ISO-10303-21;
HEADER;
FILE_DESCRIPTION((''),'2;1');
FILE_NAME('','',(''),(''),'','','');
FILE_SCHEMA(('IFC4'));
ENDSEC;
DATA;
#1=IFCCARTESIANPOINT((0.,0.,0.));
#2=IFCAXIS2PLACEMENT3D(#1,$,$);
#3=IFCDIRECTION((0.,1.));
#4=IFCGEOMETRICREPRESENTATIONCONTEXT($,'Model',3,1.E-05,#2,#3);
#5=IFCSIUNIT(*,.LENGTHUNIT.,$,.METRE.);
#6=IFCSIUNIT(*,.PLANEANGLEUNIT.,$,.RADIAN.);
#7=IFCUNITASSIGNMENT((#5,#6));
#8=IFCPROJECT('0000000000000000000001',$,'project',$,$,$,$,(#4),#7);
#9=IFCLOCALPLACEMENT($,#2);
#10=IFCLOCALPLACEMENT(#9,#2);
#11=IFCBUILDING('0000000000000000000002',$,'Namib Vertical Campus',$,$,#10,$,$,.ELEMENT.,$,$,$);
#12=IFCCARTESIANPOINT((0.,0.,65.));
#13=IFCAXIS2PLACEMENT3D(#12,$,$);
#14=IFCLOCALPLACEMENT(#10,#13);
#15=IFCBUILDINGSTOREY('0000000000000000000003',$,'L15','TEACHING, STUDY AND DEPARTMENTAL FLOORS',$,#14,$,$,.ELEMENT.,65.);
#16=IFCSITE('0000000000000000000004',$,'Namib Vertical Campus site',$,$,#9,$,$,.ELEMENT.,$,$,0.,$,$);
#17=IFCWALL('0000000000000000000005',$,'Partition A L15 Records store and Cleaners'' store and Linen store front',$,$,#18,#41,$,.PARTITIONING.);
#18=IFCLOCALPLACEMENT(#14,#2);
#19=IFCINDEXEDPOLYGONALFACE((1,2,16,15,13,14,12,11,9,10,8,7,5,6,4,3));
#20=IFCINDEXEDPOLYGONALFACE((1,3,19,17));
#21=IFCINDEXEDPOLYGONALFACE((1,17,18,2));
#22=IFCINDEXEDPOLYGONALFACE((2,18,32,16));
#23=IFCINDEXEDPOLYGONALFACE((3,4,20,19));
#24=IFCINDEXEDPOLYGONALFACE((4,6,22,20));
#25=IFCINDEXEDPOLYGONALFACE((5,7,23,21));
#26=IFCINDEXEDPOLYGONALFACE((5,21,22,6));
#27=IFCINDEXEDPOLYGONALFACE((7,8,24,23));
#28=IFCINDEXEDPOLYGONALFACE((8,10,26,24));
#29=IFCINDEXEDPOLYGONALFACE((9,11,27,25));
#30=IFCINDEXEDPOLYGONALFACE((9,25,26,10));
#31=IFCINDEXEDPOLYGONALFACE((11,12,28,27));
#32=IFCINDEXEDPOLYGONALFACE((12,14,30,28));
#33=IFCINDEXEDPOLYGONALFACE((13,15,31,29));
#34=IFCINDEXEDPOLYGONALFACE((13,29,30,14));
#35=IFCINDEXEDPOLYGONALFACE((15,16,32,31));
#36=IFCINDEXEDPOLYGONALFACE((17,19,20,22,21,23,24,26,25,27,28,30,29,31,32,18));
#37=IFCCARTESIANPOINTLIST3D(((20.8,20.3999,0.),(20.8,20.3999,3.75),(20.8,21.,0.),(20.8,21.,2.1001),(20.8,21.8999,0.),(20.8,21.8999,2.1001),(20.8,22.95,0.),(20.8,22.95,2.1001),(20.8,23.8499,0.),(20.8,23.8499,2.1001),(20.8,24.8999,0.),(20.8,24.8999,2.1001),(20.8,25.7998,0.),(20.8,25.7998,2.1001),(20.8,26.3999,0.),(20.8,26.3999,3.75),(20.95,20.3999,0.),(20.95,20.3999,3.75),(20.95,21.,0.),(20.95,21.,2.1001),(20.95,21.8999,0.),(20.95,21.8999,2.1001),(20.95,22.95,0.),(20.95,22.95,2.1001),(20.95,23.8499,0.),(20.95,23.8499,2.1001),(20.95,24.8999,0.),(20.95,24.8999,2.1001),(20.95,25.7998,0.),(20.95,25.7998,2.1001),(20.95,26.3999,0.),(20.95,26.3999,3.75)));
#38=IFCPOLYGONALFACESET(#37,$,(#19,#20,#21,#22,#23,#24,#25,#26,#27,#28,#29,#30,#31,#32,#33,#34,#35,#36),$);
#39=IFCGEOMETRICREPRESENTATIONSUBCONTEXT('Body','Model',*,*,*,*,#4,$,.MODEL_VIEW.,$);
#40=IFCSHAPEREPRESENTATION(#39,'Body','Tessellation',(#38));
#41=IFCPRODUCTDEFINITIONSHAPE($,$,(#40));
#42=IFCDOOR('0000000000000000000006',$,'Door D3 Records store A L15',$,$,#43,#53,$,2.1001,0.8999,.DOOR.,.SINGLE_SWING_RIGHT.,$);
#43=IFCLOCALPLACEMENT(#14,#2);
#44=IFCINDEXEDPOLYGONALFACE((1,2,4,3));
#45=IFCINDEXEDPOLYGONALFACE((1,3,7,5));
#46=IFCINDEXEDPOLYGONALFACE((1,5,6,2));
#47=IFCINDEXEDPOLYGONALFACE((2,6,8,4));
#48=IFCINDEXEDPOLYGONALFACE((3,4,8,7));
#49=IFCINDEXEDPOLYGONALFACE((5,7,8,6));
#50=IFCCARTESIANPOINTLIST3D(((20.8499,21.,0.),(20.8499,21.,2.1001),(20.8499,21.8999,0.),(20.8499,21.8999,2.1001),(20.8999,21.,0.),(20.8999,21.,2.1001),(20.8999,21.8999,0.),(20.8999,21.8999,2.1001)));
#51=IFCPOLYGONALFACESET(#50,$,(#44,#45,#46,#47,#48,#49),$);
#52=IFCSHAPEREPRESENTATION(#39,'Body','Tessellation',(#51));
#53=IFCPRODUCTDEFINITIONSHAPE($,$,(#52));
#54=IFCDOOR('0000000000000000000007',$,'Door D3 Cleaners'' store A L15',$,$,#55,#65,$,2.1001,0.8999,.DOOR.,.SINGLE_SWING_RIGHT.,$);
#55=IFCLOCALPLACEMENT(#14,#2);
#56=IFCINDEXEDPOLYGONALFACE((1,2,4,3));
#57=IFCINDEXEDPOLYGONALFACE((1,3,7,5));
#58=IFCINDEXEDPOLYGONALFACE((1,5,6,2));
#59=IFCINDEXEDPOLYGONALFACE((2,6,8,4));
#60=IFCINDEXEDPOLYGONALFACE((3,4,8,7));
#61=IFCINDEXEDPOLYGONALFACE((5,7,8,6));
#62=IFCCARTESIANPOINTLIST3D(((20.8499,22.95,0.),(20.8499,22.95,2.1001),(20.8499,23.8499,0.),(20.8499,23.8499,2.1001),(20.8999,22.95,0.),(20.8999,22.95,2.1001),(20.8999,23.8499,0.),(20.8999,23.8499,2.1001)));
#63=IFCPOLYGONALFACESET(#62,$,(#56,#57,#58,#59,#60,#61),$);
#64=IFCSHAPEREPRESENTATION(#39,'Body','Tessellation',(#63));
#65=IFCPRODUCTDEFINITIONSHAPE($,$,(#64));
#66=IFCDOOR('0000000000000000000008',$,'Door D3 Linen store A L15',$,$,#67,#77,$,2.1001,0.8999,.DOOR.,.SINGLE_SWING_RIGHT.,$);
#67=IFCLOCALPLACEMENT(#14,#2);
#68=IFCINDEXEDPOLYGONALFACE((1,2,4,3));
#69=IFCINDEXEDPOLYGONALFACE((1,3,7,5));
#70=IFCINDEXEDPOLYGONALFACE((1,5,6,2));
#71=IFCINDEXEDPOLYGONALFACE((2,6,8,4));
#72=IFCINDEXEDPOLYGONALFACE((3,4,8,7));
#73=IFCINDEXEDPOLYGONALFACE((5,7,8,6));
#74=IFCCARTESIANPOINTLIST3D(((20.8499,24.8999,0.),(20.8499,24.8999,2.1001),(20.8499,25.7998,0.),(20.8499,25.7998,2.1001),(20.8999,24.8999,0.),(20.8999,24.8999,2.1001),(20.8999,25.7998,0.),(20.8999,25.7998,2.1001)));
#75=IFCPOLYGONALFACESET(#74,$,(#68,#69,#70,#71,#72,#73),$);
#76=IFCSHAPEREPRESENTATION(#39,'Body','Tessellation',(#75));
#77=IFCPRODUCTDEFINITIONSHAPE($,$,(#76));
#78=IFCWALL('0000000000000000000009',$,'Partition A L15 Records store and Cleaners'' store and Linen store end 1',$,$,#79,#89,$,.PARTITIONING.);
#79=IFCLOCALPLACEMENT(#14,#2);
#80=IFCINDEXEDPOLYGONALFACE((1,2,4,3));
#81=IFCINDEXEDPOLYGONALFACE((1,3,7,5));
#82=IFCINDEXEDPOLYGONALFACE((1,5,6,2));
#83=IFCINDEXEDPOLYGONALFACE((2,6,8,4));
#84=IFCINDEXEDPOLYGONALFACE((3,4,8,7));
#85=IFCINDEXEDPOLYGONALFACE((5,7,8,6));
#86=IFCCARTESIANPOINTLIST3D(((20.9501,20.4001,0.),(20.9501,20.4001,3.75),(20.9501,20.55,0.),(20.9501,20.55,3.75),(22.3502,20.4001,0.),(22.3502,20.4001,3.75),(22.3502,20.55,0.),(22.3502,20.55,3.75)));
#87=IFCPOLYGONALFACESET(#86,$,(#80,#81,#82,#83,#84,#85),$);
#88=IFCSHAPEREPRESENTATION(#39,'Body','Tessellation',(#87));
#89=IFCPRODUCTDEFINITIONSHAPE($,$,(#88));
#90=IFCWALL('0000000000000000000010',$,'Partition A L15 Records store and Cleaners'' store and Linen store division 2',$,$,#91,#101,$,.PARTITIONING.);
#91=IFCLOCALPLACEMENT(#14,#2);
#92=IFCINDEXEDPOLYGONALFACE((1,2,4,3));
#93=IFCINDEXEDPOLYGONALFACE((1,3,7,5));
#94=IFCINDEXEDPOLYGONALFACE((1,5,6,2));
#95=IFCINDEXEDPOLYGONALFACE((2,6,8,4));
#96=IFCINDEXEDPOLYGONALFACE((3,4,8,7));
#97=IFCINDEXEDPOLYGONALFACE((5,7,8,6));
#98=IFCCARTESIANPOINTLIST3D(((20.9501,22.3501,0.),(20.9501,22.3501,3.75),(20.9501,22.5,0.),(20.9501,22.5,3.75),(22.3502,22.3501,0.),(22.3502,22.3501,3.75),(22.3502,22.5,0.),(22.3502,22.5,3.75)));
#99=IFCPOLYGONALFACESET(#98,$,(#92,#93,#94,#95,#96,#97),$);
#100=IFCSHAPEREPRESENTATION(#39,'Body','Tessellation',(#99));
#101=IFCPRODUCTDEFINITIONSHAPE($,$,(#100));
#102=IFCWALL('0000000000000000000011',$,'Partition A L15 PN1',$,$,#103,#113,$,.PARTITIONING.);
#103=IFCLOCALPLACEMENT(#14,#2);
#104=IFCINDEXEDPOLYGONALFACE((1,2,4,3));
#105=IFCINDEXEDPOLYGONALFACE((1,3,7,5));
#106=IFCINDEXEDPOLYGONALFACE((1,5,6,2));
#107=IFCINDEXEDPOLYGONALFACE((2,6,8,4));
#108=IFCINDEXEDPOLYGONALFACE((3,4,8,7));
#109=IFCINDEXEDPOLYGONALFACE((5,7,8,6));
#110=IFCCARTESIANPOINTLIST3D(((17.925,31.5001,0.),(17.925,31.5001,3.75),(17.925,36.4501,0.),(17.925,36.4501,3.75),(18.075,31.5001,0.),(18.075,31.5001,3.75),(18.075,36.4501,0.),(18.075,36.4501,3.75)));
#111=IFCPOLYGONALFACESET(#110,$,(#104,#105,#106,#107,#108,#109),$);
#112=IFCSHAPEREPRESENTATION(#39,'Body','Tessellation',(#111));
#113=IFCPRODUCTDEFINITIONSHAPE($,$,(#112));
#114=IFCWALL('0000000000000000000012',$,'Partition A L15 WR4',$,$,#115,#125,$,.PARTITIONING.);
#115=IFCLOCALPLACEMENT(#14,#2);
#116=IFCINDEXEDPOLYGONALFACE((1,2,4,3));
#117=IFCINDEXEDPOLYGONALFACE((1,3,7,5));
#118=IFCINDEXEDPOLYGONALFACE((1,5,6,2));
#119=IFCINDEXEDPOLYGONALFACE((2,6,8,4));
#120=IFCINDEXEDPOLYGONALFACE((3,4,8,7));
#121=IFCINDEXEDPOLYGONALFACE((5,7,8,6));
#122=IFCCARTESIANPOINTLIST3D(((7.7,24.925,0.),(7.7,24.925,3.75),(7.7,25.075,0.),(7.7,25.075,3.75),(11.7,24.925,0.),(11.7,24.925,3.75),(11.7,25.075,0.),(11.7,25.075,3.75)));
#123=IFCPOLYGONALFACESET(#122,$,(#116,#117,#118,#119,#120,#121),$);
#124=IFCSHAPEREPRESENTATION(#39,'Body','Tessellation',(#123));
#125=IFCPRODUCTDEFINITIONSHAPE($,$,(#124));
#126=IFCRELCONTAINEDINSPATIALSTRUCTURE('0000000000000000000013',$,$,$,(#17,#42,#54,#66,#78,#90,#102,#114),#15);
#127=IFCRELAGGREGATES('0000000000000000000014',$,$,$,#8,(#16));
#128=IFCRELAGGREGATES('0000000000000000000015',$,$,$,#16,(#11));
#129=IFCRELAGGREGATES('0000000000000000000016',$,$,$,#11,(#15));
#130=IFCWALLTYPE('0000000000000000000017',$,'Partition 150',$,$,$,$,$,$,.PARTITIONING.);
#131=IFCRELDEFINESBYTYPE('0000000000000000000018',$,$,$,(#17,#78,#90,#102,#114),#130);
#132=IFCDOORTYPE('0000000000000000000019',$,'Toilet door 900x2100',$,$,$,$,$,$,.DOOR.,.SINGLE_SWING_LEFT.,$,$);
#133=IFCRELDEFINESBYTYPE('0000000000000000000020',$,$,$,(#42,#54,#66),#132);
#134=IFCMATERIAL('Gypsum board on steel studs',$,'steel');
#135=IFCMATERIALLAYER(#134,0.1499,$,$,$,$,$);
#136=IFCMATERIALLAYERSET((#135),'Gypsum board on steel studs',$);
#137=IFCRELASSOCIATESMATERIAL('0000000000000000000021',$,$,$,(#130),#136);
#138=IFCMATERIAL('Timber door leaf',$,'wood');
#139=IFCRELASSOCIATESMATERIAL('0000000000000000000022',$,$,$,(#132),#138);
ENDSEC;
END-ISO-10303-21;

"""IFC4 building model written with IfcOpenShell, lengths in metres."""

from ifc_helpers import new_model, si_unit, direction, frame, frame_2d, origin, place, context, subcontext, project, spatial, rectangle, extrude, material, layer, layer_set, type_object, element, fill, save


model = new_model("IFC4")

# Units and contexts
model_context = context("Model", 3, precision=1e-05, world=origin(), true_north=direction((0.0, 1.0)))
body_context = subcontext(model_context, "Body", "Model", "MODEL_VIEW")
ifc_project = project(units=[si_unit("LENGTHUNIT", "METRE"), si_unit("PLANEANGLEUNIT", "RADIAN")], contexts=[model_context])

# Site, building, storey
site_placement = place(None, origin())
site = spatial("IfcSite", under=ifc_project, at=site_placement, Name="Namib Vertical Campus site", CompositionType="ELEMENT", RefElevation=0.0)
building_placement = place(site_placement, origin())
building = spatial("IfcBuilding", under=site, at=building_placement, Name="Namib Vertical Campus", CompositionType="ELEMENT")
storey_placement = place(building_placement, frame((0.0, 0.0, 65.0)))
storey = spatial("IfcBuildingStorey", under=building, at=storey_placement, Name="L15", Description="TEACHING, STUDY AND DEPARTMENTAL FLOORS", CompositionType="ELEMENT", Elevation=65.0)

# Wall, openings, doors
ifc_material_1 = material(Name="Gypsum board on steel studs", Category="steel")
ifc_layer_1 = layer(ifc_material_1, 0.1499)
ifc_layer_set_1 = layer_set([ifc_layer_1], Name="Gypsum board on steel studs")
wall_type_1 = type_object("IfcWallType", Name="Partition 150", PredefinedType="PARTITIONING", material=ifc_layer_set_1)
wall_1_placement = place(storey_placement, frame((20.875, 20.3999, 0.0), z_axis=(0.0, 0.0, 1.0), x_axis=(0.0, 1.0, 0.0)))
wall_1 = element("IfcWall", 1, at=wall_1_placement, inside=storey, type_object=wall_type_1, Name="Partition A L15 Records store and Cleaners' store and Linen store front", PredefinedType="PARTITIONING", context=body_context, shape_type="SweptSolid", body=[
    extrude(rectangle(XDim=6.0, YDim=0.1499, at=frame_2d((3.0, 0.0))), origin(), (0.0, 0.0, 1.0), 3.75),
])
opening_1_placement = place(wall_1_placement, frame((0.6001, 0.0, 0.0)))
opening_1 = element("IfcOpeningElement", 2, at=opening_1_placement, cuts=wall_1, PredefinedType="OPENING", context=body_context, shape_type="SweptSolid", body=[
    extrude(rectangle(XDim=0.8999, YDim=2.1001, at=frame_2d((0.45, 1.05))), frame((0.0, 0.085, 0.0), z_axis=(0.0, -1.0, 0.0), x_axis=(1.0, 0.0, 0.0)), (0.0, 0.0, 1.0), 0.1699),
])
opening_2_placement = place(wall_1_placement, frame((2.55, 0.0, 0.0)))
opening_2 = element("IfcOpeningElement", 3, at=opening_2_placement, cuts=wall_1, PredefinedType="OPENING", context=body_context, shape_type="SweptSolid", body=[
    extrude(rectangle(XDim=0.8999, YDim=2.1001, at=frame_2d((0.45, 1.05))), frame((0.0, 0.085, 0.0), z_axis=(0.0, -1.0, 0.0), x_axis=(1.0, 0.0, 0.0)), (0.0, 0.0, 1.0), 0.1699),
])
opening_3_placement = place(wall_1_placement, frame((4.5, 0.0, 0.0)))
opening_3 = element("IfcOpeningElement", 4, at=opening_3_placement, cuts=wall_1, PredefinedType="OPENING", context=body_context, shape_type="SweptSolid", body=[
    extrude(rectangle(XDim=0.8999, YDim=2.1001, at=frame_2d((0.45, 1.05))), frame((0.0, 0.085, 0.0), z_axis=(0.0, -1.0, 0.0), x_axis=(1.0, 0.0, 0.0)), (0.0, 0.0, 1.0), 0.1699),
])
ifc_material_2 = material(Name="Timber door leaf", Category="wood")
door_type_1 = type_object("IfcDoorType", Name="Toilet door 900x2100", OperationType="SINGLE_SWING_LEFT", PredefinedType="DOOR", material=ifc_material_2)
door_1_placement = place(opening_1_placement, frame((0.8999, 0.0, 0.0), z_axis=(0.0, 0.0, 1.0), x_axis=(-1.0, 0.0, 0.0)))
door_1 = element("IfcDoor", 5, at=door_1_placement, inside=storey, type_object=door_type_1, Name="Door D3 Records store A L15", OperationType="SINGLE_SWING_RIGHT", OverallHeight=2.1001, OverallWidth=0.8999, PredefinedType="DOOR", context=body_context, shape_type="SweptSolid", body=[
    extrude(rectangle(XDim=0.8999, YDim=2.1001, at=frame_2d((0.45, 1.05))), frame((0.0, 0.0249, 0.0), z_axis=(0.0, -1.0, 0.0), x_axis=(1.0, 0.0, 0.0)), (0.0, 0.0, 1.0), 0.05),
])
fill(opening_1, door_1)
door_2_placement = place(opening_2_placement, frame((0.8999, 0.0, 0.0), z_axis=(0.0, 0.0, 1.0), x_axis=(-1.0, 0.0, 0.0)))
door_2 = element("IfcDoor", 6, at=door_2_placement, inside=storey, type_object=door_type_1, Name="Door D3 Cleaners' store A L15", OperationType="SINGLE_SWING_RIGHT", OverallHeight=2.1001, OverallWidth=0.8999, PredefinedType="DOOR", context=body_context, shape_type="SweptSolid", body=[
    extrude(rectangle(XDim=0.8999, YDim=2.1001, at=frame_2d((0.45, 1.05))), frame((0.0, 0.0249, 0.0), z_axis=(0.0, -1.0, 0.0), x_axis=(1.0, 0.0, 0.0)), (0.0, 0.0, 1.0), 0.05),
])
fill(opening_2, door_2)
door_3_placement = place(opening_3_placement, frame((0.8999, 0.0, 0.0), z_axis=(0.0, 0.0, 1.0), x_axis=(-1.0, 0.0, 0.0)))
door_3 = element("IfcDoor", 7, at=door_3_placement, inside=storey, type_object=door_type_1, Name="Door D3 Linen store A L15", OperationType="SINGLE_SWING_RIGHT", OverallHeight=2.1001, OverallWidth=0.8999, PredefinedType="DOOR", context=body_context, shape_type="SweptSolid", body=[
    extrude(rectangle(XDim=0.8999, YDim=2.1001, at=frame_2d((0.45, 1.05))), frame((0.0, 0.0249, 0.0), z_axis=(0.0, -1.0, 0.0), x_axis=(1.0, 0.0, 0.0)), (0.0, 0.0, 1.0), 0.05),
])
fill(opening_3, door_3)

# Walls
for number, where, z_axis, x_axis, name in (
    (8, (20.95, 20.4751, 0.0), (0.0, 0.0, 1.0), (1.0, 0.0, 0.0), "Partition A L15 Records store and Cleaners' store and Linen store end 1"),
    (9, (20.95, 22.425, 0.0), (0.0, 0.0, 1.0), (1.0, 0.0, 0.0), "Partition A L15 Records store and Cleaners' store and Linen store division 2"),
):
    element("IfcWall", number, at=place(storey_placement, frame(where, z_axis=z_axis, x_axis=x_axis)), inside=storey, type_object=wall_type_1, Name=name, PredefinedType="PARTITIONING", context=body_context, shape_type="SweptSolid", body=[
        extrude(rectangle(XDim=1.4001, YDim=0.1499, at=frame_2d((0.7002, 0.0))), origin(), (0.0, 0.0, 1.0), 3.75),
    ])
wall_2_placement = place(storey_placement, frame((18.0, 31.5, 0.0), z_axis=(0.0, 0.0, 1.0), x_axis=(0.0, 1.0, 0.0)))
element("IfcWall", 10, at=wall_2_placement, inside=storey, type_object=wall_type_1, Name="Partition A L15 PN1", PredefinedType="PARTITIONING", context=body_context, shape_type="SweptSolid", body=[
    extrude(rectangle(XDim=4.95, YDim=0.1499, at=frame_2d((2.4751, 0.0))), origin(), (0.0, 0.0, 1.0), 3.75),
])
wall_3_placement = place(storey_placement, frame((11.7, 25.0, 0.0), z_axis=(0.0, 0.0, 1.0), x_axis=(-1.0, 0.0, 0.0)))
element("IfcWall", 11, at=wall_3_placement, inside=storey, type_object=wall_type_1, Name="Partition A L15 WR4", PredefinedType="PARTITIONING", context=body_context, shape_type="SweptSolid", body=[
    extrude(rectangle(XDim=4.0, YDim=0.1499, at=frame_2d((2.0, 0.0))), origin(), (0.0, 0.0, 1.0), 3.75),
])

save(model, "model.ifc")
